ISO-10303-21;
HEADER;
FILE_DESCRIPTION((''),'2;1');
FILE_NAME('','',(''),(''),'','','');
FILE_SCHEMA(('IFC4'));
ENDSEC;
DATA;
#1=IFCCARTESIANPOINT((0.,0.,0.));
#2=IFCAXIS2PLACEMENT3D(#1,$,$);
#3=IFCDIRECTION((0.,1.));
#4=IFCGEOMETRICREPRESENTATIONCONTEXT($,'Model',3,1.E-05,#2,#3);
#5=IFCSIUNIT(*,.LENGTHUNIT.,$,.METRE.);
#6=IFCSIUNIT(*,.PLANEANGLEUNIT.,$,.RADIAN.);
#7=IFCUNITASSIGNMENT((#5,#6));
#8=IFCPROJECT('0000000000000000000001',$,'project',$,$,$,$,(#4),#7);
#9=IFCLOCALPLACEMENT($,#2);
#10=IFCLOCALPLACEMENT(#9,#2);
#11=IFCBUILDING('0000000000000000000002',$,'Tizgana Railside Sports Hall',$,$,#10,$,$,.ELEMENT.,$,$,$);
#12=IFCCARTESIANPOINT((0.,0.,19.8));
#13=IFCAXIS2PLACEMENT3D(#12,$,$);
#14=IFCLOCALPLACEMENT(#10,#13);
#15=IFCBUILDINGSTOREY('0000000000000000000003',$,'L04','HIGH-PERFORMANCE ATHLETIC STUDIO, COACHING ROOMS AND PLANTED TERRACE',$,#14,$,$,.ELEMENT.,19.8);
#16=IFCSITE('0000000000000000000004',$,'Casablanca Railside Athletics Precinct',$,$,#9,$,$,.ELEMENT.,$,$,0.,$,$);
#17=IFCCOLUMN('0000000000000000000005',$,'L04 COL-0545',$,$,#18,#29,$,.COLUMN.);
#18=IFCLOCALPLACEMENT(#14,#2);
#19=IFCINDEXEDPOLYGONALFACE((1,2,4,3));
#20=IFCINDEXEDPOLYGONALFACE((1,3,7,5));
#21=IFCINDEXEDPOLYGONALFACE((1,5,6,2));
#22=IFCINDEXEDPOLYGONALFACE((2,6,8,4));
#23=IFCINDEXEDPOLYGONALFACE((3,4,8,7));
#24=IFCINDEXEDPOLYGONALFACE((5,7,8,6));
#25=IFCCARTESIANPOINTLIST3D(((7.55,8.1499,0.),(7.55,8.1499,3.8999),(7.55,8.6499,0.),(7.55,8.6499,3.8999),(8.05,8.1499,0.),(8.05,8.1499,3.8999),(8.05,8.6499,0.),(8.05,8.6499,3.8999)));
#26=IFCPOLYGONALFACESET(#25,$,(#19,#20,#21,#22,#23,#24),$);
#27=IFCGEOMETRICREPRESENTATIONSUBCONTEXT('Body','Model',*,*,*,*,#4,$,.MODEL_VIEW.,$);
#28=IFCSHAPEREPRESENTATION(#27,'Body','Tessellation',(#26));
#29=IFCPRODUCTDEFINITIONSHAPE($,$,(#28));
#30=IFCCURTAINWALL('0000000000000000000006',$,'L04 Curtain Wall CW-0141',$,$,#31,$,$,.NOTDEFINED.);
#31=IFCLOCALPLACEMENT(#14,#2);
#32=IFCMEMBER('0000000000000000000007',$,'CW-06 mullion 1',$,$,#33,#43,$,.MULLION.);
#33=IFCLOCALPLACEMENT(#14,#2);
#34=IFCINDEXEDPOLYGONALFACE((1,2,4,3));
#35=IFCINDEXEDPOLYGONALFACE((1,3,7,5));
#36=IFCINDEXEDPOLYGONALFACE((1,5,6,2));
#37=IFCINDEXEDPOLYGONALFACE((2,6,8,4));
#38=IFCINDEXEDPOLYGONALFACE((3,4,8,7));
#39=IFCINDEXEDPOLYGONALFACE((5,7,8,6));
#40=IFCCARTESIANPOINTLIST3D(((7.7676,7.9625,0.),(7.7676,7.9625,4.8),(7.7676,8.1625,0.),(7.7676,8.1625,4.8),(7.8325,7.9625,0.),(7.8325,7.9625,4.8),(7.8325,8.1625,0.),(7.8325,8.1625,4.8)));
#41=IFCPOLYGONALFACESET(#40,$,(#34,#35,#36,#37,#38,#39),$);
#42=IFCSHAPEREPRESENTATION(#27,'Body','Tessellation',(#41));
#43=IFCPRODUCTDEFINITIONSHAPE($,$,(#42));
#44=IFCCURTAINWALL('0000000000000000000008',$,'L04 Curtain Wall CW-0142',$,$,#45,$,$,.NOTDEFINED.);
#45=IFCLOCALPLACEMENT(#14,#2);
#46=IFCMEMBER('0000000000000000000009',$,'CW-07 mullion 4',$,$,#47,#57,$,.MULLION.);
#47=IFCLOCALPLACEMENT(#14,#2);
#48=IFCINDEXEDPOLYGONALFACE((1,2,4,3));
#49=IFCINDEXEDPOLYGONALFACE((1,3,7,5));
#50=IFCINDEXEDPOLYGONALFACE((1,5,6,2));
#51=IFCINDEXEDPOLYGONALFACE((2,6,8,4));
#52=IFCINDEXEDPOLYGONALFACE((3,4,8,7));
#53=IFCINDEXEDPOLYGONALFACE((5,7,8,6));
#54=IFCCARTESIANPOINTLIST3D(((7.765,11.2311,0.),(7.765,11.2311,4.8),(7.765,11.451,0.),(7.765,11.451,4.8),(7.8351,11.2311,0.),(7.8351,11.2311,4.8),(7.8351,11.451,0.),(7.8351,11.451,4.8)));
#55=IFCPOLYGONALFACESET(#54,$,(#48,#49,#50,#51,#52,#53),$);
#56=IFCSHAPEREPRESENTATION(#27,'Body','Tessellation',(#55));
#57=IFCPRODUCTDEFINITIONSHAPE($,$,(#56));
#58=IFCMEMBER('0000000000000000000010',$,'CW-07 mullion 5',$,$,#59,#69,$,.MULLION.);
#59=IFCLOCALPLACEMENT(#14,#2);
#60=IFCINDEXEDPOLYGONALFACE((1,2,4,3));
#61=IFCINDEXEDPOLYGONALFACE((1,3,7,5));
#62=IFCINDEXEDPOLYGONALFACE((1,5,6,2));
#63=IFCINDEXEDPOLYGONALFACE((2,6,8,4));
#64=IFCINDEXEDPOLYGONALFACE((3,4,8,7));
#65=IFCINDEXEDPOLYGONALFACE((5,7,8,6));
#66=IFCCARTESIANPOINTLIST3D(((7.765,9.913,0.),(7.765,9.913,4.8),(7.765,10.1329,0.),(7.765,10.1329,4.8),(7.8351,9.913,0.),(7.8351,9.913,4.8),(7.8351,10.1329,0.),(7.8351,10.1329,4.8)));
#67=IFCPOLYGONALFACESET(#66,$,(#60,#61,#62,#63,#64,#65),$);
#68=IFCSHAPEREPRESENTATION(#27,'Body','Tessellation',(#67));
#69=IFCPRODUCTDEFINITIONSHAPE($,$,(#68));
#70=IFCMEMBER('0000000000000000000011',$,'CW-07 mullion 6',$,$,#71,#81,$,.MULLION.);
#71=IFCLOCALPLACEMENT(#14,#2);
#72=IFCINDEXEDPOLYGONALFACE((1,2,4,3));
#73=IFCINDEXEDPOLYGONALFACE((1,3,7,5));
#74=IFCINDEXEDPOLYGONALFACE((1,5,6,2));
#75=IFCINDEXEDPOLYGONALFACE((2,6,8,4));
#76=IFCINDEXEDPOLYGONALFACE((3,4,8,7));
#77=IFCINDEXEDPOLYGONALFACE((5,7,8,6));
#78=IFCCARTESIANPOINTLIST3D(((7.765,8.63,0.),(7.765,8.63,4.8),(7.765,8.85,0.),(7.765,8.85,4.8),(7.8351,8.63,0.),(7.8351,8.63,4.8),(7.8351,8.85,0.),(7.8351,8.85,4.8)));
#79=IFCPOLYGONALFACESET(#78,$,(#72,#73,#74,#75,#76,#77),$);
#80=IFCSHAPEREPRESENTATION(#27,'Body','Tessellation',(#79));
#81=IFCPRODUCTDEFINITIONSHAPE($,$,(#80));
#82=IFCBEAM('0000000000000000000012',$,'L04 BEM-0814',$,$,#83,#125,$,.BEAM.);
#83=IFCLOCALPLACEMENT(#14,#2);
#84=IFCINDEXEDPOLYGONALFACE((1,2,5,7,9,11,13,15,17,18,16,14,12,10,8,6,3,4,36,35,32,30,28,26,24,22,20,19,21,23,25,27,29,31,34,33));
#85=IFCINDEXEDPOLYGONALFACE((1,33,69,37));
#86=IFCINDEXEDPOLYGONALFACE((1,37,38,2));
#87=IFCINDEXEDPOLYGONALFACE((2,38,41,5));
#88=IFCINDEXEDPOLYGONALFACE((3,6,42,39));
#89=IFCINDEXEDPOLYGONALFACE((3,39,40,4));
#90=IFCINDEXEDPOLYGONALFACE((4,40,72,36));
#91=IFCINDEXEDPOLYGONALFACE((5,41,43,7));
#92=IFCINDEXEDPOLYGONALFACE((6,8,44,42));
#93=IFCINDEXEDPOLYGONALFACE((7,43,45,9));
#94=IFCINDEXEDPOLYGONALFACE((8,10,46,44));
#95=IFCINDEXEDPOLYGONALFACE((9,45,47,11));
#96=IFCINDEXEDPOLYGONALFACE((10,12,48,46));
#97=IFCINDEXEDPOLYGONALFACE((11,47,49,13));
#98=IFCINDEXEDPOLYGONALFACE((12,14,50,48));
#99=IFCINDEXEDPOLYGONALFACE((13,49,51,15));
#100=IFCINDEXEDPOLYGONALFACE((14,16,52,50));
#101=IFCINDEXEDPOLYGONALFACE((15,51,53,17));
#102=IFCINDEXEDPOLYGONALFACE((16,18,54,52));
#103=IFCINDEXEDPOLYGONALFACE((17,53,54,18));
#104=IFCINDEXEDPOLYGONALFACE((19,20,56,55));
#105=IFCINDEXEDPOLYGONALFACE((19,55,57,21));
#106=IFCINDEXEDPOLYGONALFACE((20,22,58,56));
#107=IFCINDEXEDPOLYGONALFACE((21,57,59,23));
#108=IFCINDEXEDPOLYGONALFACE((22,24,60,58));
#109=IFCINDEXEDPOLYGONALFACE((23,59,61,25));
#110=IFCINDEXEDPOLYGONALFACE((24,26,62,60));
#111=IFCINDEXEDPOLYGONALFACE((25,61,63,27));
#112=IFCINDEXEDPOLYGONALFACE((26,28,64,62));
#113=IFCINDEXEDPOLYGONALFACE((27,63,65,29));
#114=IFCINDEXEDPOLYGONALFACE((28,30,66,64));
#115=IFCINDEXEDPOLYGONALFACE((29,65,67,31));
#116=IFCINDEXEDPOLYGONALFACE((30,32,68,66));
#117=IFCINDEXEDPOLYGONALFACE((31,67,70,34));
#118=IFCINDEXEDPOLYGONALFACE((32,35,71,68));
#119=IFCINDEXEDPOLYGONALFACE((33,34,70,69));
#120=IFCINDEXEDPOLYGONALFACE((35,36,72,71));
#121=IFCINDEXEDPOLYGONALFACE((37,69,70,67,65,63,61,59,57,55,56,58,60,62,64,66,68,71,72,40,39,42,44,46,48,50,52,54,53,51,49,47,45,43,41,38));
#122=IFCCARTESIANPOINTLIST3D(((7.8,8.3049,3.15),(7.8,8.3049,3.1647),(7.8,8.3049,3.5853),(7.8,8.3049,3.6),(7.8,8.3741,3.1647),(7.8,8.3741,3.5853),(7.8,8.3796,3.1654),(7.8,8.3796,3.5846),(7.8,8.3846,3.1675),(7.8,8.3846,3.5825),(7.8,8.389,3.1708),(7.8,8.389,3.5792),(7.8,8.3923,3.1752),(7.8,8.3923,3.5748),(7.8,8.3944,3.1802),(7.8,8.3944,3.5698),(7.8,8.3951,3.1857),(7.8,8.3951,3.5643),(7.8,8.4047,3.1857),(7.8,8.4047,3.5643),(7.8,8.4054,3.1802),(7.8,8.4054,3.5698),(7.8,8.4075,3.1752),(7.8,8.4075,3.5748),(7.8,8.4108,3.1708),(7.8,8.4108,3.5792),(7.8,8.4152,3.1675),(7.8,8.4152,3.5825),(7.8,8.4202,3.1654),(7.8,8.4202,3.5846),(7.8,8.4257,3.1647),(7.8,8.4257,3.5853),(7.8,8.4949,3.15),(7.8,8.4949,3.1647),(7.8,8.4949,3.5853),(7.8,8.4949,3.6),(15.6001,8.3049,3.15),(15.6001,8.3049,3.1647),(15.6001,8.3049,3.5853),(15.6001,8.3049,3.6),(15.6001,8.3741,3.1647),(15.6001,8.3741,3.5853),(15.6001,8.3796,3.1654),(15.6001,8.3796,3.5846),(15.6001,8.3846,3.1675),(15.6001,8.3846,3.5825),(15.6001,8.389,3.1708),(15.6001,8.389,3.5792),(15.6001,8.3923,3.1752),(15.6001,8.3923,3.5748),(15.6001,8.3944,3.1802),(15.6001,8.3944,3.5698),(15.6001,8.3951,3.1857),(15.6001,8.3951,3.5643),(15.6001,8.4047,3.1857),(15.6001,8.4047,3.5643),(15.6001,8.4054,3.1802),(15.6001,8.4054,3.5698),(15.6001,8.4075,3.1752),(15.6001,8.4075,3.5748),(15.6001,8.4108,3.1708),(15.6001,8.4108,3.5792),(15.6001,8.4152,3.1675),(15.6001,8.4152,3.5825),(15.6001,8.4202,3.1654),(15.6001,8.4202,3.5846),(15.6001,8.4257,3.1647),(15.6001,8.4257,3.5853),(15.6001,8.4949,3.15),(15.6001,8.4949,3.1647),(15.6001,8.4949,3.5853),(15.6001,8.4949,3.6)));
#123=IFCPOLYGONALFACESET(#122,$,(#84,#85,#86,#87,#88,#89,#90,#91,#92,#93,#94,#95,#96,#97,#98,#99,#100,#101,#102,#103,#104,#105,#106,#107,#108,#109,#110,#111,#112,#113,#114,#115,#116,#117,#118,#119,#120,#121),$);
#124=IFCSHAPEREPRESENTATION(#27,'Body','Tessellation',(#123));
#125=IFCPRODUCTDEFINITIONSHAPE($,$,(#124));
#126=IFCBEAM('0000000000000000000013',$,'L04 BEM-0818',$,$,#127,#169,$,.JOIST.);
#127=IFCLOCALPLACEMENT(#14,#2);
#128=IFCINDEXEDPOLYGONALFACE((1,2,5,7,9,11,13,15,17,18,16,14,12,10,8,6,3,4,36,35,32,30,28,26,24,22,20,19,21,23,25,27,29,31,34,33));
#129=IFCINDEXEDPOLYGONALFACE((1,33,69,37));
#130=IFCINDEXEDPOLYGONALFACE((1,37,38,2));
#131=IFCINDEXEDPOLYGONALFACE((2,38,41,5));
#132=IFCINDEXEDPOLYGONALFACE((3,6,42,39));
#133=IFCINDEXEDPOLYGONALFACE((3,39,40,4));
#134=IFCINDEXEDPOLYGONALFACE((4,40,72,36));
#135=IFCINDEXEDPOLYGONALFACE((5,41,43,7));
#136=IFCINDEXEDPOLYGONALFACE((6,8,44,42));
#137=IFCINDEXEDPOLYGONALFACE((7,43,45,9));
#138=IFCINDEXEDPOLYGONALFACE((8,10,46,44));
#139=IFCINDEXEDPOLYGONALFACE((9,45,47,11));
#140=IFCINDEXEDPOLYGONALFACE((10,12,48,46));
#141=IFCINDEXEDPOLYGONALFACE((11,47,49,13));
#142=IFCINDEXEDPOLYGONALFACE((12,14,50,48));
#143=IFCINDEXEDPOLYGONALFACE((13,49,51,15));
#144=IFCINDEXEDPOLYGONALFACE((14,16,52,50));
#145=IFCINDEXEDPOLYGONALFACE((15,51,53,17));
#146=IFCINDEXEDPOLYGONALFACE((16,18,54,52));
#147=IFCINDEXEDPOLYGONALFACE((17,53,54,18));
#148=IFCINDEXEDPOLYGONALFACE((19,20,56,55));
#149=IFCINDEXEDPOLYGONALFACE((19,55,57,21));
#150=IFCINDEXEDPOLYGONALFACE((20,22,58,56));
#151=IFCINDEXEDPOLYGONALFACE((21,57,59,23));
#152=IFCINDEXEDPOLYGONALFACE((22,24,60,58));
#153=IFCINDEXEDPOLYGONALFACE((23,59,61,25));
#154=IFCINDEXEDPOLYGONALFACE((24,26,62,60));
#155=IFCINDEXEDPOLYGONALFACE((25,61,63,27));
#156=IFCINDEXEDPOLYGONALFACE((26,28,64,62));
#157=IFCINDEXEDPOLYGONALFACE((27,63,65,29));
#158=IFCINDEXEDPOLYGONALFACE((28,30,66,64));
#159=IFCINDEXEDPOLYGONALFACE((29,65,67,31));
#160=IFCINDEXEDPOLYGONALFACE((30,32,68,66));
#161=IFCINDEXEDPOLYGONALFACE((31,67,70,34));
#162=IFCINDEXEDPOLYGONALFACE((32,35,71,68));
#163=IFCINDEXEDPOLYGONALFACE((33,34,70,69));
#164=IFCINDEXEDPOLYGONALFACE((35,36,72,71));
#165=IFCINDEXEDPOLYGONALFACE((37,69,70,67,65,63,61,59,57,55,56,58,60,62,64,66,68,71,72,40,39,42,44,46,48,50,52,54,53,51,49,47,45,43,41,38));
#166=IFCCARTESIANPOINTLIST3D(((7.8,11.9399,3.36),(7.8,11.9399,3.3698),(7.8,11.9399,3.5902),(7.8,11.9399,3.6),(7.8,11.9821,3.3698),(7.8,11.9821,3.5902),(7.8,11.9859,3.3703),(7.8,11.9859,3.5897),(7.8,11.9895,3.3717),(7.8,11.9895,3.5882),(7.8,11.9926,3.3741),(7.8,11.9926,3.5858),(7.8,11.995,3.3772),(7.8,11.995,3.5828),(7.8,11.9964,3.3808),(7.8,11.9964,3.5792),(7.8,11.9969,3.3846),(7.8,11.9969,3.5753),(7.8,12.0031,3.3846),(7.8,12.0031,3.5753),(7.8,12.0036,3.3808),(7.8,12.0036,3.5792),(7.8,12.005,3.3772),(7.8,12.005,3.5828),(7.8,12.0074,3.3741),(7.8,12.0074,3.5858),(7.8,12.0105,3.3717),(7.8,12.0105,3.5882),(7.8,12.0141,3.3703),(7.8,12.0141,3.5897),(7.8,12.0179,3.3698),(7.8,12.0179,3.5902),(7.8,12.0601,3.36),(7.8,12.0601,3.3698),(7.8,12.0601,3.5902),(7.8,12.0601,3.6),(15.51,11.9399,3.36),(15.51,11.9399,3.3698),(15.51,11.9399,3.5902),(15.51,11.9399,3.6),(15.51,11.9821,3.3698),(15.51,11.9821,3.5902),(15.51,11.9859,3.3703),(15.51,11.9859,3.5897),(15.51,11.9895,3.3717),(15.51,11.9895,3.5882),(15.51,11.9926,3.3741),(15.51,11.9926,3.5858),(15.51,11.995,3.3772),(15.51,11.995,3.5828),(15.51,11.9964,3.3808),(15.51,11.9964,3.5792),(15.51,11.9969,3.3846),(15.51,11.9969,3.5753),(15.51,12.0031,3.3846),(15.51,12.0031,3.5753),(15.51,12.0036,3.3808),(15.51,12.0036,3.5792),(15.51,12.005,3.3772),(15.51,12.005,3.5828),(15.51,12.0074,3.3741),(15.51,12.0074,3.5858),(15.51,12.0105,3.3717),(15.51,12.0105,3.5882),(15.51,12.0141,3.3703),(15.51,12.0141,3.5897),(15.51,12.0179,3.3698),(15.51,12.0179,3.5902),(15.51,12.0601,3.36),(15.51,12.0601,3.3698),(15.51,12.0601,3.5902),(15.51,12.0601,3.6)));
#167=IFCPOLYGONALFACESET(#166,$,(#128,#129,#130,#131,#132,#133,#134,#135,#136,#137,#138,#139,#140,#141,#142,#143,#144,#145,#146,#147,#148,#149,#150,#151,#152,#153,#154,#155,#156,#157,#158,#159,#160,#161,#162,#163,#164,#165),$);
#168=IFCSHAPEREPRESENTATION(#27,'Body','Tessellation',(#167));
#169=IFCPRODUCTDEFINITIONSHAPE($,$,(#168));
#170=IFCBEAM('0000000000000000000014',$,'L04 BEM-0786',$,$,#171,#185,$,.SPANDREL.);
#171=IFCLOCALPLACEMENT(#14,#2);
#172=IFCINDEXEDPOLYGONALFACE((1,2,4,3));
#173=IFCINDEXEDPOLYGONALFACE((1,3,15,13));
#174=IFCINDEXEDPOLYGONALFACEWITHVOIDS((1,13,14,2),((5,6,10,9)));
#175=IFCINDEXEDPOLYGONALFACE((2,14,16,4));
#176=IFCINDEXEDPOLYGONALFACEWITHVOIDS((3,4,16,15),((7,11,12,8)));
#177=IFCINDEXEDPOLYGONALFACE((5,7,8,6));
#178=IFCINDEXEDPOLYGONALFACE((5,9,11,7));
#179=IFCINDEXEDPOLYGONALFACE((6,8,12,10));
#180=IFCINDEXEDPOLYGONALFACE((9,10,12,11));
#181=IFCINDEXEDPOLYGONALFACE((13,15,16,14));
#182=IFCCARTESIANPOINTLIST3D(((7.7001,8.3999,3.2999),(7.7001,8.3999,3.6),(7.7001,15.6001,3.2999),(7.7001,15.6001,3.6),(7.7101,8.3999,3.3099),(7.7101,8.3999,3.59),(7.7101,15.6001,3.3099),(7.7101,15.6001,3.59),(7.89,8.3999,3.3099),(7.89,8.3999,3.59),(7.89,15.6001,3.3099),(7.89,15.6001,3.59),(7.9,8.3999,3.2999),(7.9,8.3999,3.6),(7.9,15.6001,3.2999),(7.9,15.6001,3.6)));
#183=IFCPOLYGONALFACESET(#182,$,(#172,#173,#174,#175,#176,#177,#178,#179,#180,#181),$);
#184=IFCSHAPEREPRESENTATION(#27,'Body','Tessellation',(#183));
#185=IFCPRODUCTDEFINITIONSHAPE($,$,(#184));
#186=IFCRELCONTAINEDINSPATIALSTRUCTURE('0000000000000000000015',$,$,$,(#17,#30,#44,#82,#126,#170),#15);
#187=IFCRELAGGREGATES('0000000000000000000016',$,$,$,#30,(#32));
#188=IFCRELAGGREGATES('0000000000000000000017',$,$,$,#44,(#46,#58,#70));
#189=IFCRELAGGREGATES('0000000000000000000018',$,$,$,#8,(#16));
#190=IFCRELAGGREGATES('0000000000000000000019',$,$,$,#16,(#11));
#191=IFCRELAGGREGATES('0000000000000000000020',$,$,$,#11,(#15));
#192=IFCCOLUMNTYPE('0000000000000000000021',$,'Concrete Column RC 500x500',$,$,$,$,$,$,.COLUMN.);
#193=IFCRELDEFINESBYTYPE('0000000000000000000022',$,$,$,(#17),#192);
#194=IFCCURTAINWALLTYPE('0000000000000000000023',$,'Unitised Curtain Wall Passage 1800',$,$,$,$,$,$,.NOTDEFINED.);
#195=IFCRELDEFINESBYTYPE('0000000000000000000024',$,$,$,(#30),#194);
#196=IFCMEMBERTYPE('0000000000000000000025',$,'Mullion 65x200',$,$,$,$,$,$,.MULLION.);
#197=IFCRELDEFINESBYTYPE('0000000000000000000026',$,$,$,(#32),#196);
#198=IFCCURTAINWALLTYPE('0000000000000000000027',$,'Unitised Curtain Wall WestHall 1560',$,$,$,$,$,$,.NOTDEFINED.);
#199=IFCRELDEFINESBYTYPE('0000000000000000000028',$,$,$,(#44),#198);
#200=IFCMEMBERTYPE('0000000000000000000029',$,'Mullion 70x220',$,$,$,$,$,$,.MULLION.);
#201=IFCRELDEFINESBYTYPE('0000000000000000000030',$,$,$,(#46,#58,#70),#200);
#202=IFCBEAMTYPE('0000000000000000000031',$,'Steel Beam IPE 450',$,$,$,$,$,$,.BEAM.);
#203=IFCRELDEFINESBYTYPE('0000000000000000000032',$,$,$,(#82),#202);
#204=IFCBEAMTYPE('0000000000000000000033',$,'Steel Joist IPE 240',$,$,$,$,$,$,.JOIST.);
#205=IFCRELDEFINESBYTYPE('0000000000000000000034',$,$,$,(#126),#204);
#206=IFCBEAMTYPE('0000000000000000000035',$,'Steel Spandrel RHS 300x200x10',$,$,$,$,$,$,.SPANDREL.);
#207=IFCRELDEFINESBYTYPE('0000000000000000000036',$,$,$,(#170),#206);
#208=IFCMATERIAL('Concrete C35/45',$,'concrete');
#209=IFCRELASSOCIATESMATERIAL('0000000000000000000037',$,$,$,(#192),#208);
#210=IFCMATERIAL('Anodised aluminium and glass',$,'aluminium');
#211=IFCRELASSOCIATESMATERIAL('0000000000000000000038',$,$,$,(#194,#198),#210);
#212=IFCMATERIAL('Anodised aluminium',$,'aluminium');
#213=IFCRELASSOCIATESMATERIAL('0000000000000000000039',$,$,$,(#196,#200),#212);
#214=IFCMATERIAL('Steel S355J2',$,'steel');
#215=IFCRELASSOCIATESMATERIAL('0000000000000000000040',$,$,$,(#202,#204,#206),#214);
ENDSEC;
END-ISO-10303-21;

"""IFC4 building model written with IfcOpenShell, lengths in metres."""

from ifc_helpers import new_model, si_unit, direction, frame, origin, origin_2d, place, context, subcontext, project, spatial, rectangle, hollow_rectangle, i_section, extrude, material, material_profile, profile_set, type_object, element, aggregate, save


model = new_model("IFC4")

# Units and contexts
model_context = context("Model", 3, precision=1e-05, world=origin(), true_north=direction((0.0, 1.0)))
body_context = subcontext(model_context, "Body", "Model", "MODEL_VIEW")
ifc_project = project(units=[si_unit("LENGTHUNIT", "METRE"), si_unit("PLANEANGLEUNIT", "RADIAN")], contexts=[model_context])

# Site, building, storey
site_placement = place(None, origin())
site = spatial("IfcSite", under=ifc_project, at=site_placement, Name="Casablanca Railside Athletics Precinct", CompositionType="ELEMENT", RefElevation=0.0)
building_placement = place(site_placement, origin())
building = spatial("IfcBuilding", under=site, at=building_placement, Name="Tizgana Railside Sports Hall", CompositionType="ELEMENT")
storey_placement = place(building_placement, frame((0.0, 0.0, 19.8)))
storey = spatial("IfcBuildingStorey", under=building, at=storey_placement, Name="L04", Description="HIGH-PERFORMANCE ATHLETIC STUDIO, COACHING ROOMS AND PLANTED TERRACE", CompositionType="ELEMENT", Elevation=19.8)

# Column
ifc_material_1 = material(Name="Concrete C35/45", Category="concrete")
ifc_material_profile_1 = material_profile(ifc_material_1, rectangle(XDim=0.5, YDim=0.5, at=origin_2d()), Name="RC 500x500")
ifc_profile_set_1 = profile_set([ifc_material_profile_1], Name="Concrete C35/45")
column_type = type_object("IfcColumnType", Name="Concrete Column RC 500x500", PredefinedType="COLUMN", material=ifc_profile_set_1)
column_placement = place(storey_placement, frame((7.8, 8.3999, 0.0), z_axis=(0.0, 0.0, 1.0), x_axis=(1.0, 0.0, 0.0)))
element("IfcColumn", 1, at=column_placement, inside=storey, type_object=column_type, Name="L04 COL-0545", PredefinedType="COLUMN", context=body_context, shape_type="SweptSolid", body=[
    extrude(rectangle(XDim=0.5, YDim=0.5, at=origin_2d()), origin(), (0.0, 0.0, 1.0), 3.8999),
])

# Curtain wall, member
ifc_material_2 = material(Name="Anodised aluminium and glass", Category="aluminium")
curtain_wall_type_1 = type_object("IfcCurtainWallType", Name="Unitised Curtain Wall Passage 1800", PredefinedType="NOTDEFINED", material=ifc_material_2)
curtain_wall_1_placement = place(storey_placement, origin())
curtain_wall_1 = element("IfcCurtainWall", 2, at=curtain_wall_1_placement, inside=storey, type_object=curtain_wall_type_1, Name="L04 Curtain Wall CW-0141", PredefinedType="NOTDEFINED")
ifc_material_3 = material(Name="Anodised aluminium", Category="aluminium")
ifc_material_profile_2 = material_profile(ifc_material_3, rectangle(XDim=0.0649, YDim=0.2, at=origin_2d()), Name="Mullion 65x200")
ifc_profile_set_2 = profile_set([ifc_material_profile_2], Name="Anodised aluminium")
member_type_1 = type_object("IfcMemberType", Name="Mullion 65x200", PredefinedType="MULLION", material=ifc_profile_set_2)
member_1_placement = place(storey_placement, frame((7.8, 8.0625, 0.0), z_axis=(0.0, 0.0, 1.0), x_axis=(1.0, 0.0, 0.0)))
member_1 = element("IfcMember", 3, at=member_1_placement, type_object=member_type_1, Name="CW-06 mullion 1", PredefinedType="MULLION", context=body_context, shape_type="SweptSolid", body=[
    extrude(rectangle(XDim=0.0649, YDim=0.2, at=origin_2d()), origin(), (0.0, 0.0, 1.0), 4.8),
])

# Curtain wall, members
curtain_wall_type_2 = type_object("IfcCurtainWallType", Name="Unitised Curtain Wall WestHall 1560", PredefinedType="NOTDEFINED", material=ifc_material_2)
curtain_wall_2_placement = place(storey_placement, origin())
curtain_wall_2 = element("IfcCurtainWall", 4, at=curtain_wall_2_placement, inside=storey, type_object=curtain_wall_type_2, Name="L04 Curtain Wall CW-0142", PredefinedType="NOTDEFINED")
ifc_material_profile_3 = material_profile(ifc_material_3, rectangle(XDim=0.0701, YDim=0.22, at=origin_2d()), Name="Mullion 70x220")
ifc_profile_set_3 = profile_set([ifc_material_profile_3], Name="Anodised aluminium")
member_type_2 = type_object("IfcMemberType", Name="Mullion 70x220", PredefinedType="MULLION", material=ifc_profile_set_3)
member_2_placement = place(storey_placement, frame((7.8, 11.3411, 0.0), z_axis=(0.0, 0.0, 1.0), x_axis=(1.0, 0.0, 0.0)))
member_2 = element("IfcMember", 5, at=member_2_placement, type_object=member_type_2, Name="CW-07 mullion 4", PredefinedType="MULLION", context=body_context, shape_type="SweptSolid", body=[
    extrude(rectangle(XDim=0.0701, YDim=0.22, at=origin_2d()), origin(), (0.0, 0.0, 1.0), 4.8),
])
member_3_placement = place(storey_placement, frame((7.8, 10.0229, 0.0), z_axis=(0.0, 0.0, 1.0), x_axis=(1.0, 0.0, 0.0)))
member_3 = element("IfcMember", 6, at=member_3_placement, type_object=member_type_2, Name="CW-07 mullion 5", PredefinedType="MULLION", context=body_context, shape_type="SweptSolid", body=[
    extrude(rectangle(XDim=0.0701, YDim=0.22, at=origin_2d()), origin(), (0.0, 0.0, 1.0), 4.8),
])
member_4_placement = place(storey_placement, frame((7.8, 8.74, 0.0), z_axis=(0.0, 0.0, 1.0), x_axis=(1.0, 0.0, 0.0)))
member_4 = element("IfcMember", 7, at=member_4_placement, type_object=member_type_2, Name="CW-07 mullion 6", PredefinedType="MULLION", context=body_context, shape_type="SweptSolid", body=[
    extrude(rectangle(XDim=0.0701, YDim=0.22, at=origin_2d()), origin(), (0.0, 0.0, 1.0), 4.8),
])

# Beams
ifc_material_4 = material(Name="Steel S355J2", Category="steel")
ifc_material_profile_4 = material_profile(ifc_material_4, i_section(OverallWidth=0.1899, OverallDepth=0.45, WebThickness=0.0095, FlangeThickness=0.0146, FilletRadius=0.021, at=origin_2d()), Name="IPE 450")
ifc_profile_set_4 = profile_set([ifc_material_profile_4], Name="Steel S355J2")
beam_type_1 = type_object("IfcBeamType", Name="Steel Beam IPE 450", PredefinedType="BEAM", material=ifc_profile_set_4)
beam_1_placement = place(storey_placement, frame((7.8, 8.3999, 3.375), z_axis=(1.0, 0.0, 0.0), x_axis=(0.0, 1.0, 0.0)))
element("IfcBeam", 8, at=beam_1_placement, inside=storey, type_object=beam_type_1, Name="L04 BEM-0814", PredefinedType="BEAM", context=body_context, shape_type="SweptSolid", body=[
    extrude(i_section(OverallWidth=0.1899, OverallDepth=0.45, WebThickness=0.0095, FlangeThickness=0.0146, FilletRadius=0.021, at=origin_2d()), origin(), (0.0, 0.0, 1.0), 7.8),
])
ifc_material_profile_5 = material_profile(ifc_material_4, i_section(OverallWidth=0.1201, OverallDepth=0.24, WebThickness=0.0061, FlangeThickness=0.0098, FilletRadius=0.0149, at=origin_2d()), Name="IPE 240")
ifc_profile_set_5 = profile_set([ifc_material_profile_5], Name="Steel S355J2")
beam_type_2 = type_object("IfcBeamType", Name="Steel Joist IPE 240", PredefinedType="JOIST", material=ifc_profile_set_5)
beam_2_placement = place(storey_placement, frame((7.8, 12.0, 3.48), z_axis=(1.0, 0.0, 0.0), x_axis=(0.0, 1.0, 0.0)))
element("IfcBeam", 9, at=beam_2_placement, inside=storey, type_object=beam_type_2, Name="L04 BEM-0818", PredefinedType="JOIST", context=body_context, shape_type="SweptSolid", body=[
    extrude(i_section(OverallWidth=0.1201, OverallDepth=0.24, WebThickness=0.0061, FlangeThickness=0.0098, FilletRadius=0.0149, at=origin_2d()), origin(), (0.0, 0.0, 1.0), 7.71),
])
ifc_material_profile_6 = material_profile(ifc_material_4, hollow_rectangle(XDim=0.2, YDim=0.3, WallThickness=0.01, at=origin_2d()), Name="RHS 300x200x10")
ifc_profile_set_6 = profile_set([ifc_material_profile_6], Name="Steel S355J2")
beam_type_3 = type_object("IfcBeamType", Name="Steel Spandrel RHS 300x200x10", PredefinedType="SPANDREL", material=ifc_profile_set_6)
beam_3_placement = place(storey_placement, frame((7.8, 8.3999, 3.45), z_axis=(0.0, 1.0, 0.0), x_axis=(-1.0, 0.0, 0.0)))
element("IfcBeam", 10, at=beam_3_placement, inside=storey, type_object=beam_type_3, Name="L04 BEM-0786", PredefinedType="SPANDREL", context=body_context, shape_type="SweptSolid", body=[
    extrude(hollow_rectangle(XDim=0.2, YDim=0.3, WallThickness=0.01, at=origin_2d()), origin(), (0.0, 0.0, 1.0), 7.2002),
])

aggregate(curtain_wall_1, [member_1])
aggregate(curtain_wall_2, [member_2, member_3, member_4])

save(model, "model.ifc")
